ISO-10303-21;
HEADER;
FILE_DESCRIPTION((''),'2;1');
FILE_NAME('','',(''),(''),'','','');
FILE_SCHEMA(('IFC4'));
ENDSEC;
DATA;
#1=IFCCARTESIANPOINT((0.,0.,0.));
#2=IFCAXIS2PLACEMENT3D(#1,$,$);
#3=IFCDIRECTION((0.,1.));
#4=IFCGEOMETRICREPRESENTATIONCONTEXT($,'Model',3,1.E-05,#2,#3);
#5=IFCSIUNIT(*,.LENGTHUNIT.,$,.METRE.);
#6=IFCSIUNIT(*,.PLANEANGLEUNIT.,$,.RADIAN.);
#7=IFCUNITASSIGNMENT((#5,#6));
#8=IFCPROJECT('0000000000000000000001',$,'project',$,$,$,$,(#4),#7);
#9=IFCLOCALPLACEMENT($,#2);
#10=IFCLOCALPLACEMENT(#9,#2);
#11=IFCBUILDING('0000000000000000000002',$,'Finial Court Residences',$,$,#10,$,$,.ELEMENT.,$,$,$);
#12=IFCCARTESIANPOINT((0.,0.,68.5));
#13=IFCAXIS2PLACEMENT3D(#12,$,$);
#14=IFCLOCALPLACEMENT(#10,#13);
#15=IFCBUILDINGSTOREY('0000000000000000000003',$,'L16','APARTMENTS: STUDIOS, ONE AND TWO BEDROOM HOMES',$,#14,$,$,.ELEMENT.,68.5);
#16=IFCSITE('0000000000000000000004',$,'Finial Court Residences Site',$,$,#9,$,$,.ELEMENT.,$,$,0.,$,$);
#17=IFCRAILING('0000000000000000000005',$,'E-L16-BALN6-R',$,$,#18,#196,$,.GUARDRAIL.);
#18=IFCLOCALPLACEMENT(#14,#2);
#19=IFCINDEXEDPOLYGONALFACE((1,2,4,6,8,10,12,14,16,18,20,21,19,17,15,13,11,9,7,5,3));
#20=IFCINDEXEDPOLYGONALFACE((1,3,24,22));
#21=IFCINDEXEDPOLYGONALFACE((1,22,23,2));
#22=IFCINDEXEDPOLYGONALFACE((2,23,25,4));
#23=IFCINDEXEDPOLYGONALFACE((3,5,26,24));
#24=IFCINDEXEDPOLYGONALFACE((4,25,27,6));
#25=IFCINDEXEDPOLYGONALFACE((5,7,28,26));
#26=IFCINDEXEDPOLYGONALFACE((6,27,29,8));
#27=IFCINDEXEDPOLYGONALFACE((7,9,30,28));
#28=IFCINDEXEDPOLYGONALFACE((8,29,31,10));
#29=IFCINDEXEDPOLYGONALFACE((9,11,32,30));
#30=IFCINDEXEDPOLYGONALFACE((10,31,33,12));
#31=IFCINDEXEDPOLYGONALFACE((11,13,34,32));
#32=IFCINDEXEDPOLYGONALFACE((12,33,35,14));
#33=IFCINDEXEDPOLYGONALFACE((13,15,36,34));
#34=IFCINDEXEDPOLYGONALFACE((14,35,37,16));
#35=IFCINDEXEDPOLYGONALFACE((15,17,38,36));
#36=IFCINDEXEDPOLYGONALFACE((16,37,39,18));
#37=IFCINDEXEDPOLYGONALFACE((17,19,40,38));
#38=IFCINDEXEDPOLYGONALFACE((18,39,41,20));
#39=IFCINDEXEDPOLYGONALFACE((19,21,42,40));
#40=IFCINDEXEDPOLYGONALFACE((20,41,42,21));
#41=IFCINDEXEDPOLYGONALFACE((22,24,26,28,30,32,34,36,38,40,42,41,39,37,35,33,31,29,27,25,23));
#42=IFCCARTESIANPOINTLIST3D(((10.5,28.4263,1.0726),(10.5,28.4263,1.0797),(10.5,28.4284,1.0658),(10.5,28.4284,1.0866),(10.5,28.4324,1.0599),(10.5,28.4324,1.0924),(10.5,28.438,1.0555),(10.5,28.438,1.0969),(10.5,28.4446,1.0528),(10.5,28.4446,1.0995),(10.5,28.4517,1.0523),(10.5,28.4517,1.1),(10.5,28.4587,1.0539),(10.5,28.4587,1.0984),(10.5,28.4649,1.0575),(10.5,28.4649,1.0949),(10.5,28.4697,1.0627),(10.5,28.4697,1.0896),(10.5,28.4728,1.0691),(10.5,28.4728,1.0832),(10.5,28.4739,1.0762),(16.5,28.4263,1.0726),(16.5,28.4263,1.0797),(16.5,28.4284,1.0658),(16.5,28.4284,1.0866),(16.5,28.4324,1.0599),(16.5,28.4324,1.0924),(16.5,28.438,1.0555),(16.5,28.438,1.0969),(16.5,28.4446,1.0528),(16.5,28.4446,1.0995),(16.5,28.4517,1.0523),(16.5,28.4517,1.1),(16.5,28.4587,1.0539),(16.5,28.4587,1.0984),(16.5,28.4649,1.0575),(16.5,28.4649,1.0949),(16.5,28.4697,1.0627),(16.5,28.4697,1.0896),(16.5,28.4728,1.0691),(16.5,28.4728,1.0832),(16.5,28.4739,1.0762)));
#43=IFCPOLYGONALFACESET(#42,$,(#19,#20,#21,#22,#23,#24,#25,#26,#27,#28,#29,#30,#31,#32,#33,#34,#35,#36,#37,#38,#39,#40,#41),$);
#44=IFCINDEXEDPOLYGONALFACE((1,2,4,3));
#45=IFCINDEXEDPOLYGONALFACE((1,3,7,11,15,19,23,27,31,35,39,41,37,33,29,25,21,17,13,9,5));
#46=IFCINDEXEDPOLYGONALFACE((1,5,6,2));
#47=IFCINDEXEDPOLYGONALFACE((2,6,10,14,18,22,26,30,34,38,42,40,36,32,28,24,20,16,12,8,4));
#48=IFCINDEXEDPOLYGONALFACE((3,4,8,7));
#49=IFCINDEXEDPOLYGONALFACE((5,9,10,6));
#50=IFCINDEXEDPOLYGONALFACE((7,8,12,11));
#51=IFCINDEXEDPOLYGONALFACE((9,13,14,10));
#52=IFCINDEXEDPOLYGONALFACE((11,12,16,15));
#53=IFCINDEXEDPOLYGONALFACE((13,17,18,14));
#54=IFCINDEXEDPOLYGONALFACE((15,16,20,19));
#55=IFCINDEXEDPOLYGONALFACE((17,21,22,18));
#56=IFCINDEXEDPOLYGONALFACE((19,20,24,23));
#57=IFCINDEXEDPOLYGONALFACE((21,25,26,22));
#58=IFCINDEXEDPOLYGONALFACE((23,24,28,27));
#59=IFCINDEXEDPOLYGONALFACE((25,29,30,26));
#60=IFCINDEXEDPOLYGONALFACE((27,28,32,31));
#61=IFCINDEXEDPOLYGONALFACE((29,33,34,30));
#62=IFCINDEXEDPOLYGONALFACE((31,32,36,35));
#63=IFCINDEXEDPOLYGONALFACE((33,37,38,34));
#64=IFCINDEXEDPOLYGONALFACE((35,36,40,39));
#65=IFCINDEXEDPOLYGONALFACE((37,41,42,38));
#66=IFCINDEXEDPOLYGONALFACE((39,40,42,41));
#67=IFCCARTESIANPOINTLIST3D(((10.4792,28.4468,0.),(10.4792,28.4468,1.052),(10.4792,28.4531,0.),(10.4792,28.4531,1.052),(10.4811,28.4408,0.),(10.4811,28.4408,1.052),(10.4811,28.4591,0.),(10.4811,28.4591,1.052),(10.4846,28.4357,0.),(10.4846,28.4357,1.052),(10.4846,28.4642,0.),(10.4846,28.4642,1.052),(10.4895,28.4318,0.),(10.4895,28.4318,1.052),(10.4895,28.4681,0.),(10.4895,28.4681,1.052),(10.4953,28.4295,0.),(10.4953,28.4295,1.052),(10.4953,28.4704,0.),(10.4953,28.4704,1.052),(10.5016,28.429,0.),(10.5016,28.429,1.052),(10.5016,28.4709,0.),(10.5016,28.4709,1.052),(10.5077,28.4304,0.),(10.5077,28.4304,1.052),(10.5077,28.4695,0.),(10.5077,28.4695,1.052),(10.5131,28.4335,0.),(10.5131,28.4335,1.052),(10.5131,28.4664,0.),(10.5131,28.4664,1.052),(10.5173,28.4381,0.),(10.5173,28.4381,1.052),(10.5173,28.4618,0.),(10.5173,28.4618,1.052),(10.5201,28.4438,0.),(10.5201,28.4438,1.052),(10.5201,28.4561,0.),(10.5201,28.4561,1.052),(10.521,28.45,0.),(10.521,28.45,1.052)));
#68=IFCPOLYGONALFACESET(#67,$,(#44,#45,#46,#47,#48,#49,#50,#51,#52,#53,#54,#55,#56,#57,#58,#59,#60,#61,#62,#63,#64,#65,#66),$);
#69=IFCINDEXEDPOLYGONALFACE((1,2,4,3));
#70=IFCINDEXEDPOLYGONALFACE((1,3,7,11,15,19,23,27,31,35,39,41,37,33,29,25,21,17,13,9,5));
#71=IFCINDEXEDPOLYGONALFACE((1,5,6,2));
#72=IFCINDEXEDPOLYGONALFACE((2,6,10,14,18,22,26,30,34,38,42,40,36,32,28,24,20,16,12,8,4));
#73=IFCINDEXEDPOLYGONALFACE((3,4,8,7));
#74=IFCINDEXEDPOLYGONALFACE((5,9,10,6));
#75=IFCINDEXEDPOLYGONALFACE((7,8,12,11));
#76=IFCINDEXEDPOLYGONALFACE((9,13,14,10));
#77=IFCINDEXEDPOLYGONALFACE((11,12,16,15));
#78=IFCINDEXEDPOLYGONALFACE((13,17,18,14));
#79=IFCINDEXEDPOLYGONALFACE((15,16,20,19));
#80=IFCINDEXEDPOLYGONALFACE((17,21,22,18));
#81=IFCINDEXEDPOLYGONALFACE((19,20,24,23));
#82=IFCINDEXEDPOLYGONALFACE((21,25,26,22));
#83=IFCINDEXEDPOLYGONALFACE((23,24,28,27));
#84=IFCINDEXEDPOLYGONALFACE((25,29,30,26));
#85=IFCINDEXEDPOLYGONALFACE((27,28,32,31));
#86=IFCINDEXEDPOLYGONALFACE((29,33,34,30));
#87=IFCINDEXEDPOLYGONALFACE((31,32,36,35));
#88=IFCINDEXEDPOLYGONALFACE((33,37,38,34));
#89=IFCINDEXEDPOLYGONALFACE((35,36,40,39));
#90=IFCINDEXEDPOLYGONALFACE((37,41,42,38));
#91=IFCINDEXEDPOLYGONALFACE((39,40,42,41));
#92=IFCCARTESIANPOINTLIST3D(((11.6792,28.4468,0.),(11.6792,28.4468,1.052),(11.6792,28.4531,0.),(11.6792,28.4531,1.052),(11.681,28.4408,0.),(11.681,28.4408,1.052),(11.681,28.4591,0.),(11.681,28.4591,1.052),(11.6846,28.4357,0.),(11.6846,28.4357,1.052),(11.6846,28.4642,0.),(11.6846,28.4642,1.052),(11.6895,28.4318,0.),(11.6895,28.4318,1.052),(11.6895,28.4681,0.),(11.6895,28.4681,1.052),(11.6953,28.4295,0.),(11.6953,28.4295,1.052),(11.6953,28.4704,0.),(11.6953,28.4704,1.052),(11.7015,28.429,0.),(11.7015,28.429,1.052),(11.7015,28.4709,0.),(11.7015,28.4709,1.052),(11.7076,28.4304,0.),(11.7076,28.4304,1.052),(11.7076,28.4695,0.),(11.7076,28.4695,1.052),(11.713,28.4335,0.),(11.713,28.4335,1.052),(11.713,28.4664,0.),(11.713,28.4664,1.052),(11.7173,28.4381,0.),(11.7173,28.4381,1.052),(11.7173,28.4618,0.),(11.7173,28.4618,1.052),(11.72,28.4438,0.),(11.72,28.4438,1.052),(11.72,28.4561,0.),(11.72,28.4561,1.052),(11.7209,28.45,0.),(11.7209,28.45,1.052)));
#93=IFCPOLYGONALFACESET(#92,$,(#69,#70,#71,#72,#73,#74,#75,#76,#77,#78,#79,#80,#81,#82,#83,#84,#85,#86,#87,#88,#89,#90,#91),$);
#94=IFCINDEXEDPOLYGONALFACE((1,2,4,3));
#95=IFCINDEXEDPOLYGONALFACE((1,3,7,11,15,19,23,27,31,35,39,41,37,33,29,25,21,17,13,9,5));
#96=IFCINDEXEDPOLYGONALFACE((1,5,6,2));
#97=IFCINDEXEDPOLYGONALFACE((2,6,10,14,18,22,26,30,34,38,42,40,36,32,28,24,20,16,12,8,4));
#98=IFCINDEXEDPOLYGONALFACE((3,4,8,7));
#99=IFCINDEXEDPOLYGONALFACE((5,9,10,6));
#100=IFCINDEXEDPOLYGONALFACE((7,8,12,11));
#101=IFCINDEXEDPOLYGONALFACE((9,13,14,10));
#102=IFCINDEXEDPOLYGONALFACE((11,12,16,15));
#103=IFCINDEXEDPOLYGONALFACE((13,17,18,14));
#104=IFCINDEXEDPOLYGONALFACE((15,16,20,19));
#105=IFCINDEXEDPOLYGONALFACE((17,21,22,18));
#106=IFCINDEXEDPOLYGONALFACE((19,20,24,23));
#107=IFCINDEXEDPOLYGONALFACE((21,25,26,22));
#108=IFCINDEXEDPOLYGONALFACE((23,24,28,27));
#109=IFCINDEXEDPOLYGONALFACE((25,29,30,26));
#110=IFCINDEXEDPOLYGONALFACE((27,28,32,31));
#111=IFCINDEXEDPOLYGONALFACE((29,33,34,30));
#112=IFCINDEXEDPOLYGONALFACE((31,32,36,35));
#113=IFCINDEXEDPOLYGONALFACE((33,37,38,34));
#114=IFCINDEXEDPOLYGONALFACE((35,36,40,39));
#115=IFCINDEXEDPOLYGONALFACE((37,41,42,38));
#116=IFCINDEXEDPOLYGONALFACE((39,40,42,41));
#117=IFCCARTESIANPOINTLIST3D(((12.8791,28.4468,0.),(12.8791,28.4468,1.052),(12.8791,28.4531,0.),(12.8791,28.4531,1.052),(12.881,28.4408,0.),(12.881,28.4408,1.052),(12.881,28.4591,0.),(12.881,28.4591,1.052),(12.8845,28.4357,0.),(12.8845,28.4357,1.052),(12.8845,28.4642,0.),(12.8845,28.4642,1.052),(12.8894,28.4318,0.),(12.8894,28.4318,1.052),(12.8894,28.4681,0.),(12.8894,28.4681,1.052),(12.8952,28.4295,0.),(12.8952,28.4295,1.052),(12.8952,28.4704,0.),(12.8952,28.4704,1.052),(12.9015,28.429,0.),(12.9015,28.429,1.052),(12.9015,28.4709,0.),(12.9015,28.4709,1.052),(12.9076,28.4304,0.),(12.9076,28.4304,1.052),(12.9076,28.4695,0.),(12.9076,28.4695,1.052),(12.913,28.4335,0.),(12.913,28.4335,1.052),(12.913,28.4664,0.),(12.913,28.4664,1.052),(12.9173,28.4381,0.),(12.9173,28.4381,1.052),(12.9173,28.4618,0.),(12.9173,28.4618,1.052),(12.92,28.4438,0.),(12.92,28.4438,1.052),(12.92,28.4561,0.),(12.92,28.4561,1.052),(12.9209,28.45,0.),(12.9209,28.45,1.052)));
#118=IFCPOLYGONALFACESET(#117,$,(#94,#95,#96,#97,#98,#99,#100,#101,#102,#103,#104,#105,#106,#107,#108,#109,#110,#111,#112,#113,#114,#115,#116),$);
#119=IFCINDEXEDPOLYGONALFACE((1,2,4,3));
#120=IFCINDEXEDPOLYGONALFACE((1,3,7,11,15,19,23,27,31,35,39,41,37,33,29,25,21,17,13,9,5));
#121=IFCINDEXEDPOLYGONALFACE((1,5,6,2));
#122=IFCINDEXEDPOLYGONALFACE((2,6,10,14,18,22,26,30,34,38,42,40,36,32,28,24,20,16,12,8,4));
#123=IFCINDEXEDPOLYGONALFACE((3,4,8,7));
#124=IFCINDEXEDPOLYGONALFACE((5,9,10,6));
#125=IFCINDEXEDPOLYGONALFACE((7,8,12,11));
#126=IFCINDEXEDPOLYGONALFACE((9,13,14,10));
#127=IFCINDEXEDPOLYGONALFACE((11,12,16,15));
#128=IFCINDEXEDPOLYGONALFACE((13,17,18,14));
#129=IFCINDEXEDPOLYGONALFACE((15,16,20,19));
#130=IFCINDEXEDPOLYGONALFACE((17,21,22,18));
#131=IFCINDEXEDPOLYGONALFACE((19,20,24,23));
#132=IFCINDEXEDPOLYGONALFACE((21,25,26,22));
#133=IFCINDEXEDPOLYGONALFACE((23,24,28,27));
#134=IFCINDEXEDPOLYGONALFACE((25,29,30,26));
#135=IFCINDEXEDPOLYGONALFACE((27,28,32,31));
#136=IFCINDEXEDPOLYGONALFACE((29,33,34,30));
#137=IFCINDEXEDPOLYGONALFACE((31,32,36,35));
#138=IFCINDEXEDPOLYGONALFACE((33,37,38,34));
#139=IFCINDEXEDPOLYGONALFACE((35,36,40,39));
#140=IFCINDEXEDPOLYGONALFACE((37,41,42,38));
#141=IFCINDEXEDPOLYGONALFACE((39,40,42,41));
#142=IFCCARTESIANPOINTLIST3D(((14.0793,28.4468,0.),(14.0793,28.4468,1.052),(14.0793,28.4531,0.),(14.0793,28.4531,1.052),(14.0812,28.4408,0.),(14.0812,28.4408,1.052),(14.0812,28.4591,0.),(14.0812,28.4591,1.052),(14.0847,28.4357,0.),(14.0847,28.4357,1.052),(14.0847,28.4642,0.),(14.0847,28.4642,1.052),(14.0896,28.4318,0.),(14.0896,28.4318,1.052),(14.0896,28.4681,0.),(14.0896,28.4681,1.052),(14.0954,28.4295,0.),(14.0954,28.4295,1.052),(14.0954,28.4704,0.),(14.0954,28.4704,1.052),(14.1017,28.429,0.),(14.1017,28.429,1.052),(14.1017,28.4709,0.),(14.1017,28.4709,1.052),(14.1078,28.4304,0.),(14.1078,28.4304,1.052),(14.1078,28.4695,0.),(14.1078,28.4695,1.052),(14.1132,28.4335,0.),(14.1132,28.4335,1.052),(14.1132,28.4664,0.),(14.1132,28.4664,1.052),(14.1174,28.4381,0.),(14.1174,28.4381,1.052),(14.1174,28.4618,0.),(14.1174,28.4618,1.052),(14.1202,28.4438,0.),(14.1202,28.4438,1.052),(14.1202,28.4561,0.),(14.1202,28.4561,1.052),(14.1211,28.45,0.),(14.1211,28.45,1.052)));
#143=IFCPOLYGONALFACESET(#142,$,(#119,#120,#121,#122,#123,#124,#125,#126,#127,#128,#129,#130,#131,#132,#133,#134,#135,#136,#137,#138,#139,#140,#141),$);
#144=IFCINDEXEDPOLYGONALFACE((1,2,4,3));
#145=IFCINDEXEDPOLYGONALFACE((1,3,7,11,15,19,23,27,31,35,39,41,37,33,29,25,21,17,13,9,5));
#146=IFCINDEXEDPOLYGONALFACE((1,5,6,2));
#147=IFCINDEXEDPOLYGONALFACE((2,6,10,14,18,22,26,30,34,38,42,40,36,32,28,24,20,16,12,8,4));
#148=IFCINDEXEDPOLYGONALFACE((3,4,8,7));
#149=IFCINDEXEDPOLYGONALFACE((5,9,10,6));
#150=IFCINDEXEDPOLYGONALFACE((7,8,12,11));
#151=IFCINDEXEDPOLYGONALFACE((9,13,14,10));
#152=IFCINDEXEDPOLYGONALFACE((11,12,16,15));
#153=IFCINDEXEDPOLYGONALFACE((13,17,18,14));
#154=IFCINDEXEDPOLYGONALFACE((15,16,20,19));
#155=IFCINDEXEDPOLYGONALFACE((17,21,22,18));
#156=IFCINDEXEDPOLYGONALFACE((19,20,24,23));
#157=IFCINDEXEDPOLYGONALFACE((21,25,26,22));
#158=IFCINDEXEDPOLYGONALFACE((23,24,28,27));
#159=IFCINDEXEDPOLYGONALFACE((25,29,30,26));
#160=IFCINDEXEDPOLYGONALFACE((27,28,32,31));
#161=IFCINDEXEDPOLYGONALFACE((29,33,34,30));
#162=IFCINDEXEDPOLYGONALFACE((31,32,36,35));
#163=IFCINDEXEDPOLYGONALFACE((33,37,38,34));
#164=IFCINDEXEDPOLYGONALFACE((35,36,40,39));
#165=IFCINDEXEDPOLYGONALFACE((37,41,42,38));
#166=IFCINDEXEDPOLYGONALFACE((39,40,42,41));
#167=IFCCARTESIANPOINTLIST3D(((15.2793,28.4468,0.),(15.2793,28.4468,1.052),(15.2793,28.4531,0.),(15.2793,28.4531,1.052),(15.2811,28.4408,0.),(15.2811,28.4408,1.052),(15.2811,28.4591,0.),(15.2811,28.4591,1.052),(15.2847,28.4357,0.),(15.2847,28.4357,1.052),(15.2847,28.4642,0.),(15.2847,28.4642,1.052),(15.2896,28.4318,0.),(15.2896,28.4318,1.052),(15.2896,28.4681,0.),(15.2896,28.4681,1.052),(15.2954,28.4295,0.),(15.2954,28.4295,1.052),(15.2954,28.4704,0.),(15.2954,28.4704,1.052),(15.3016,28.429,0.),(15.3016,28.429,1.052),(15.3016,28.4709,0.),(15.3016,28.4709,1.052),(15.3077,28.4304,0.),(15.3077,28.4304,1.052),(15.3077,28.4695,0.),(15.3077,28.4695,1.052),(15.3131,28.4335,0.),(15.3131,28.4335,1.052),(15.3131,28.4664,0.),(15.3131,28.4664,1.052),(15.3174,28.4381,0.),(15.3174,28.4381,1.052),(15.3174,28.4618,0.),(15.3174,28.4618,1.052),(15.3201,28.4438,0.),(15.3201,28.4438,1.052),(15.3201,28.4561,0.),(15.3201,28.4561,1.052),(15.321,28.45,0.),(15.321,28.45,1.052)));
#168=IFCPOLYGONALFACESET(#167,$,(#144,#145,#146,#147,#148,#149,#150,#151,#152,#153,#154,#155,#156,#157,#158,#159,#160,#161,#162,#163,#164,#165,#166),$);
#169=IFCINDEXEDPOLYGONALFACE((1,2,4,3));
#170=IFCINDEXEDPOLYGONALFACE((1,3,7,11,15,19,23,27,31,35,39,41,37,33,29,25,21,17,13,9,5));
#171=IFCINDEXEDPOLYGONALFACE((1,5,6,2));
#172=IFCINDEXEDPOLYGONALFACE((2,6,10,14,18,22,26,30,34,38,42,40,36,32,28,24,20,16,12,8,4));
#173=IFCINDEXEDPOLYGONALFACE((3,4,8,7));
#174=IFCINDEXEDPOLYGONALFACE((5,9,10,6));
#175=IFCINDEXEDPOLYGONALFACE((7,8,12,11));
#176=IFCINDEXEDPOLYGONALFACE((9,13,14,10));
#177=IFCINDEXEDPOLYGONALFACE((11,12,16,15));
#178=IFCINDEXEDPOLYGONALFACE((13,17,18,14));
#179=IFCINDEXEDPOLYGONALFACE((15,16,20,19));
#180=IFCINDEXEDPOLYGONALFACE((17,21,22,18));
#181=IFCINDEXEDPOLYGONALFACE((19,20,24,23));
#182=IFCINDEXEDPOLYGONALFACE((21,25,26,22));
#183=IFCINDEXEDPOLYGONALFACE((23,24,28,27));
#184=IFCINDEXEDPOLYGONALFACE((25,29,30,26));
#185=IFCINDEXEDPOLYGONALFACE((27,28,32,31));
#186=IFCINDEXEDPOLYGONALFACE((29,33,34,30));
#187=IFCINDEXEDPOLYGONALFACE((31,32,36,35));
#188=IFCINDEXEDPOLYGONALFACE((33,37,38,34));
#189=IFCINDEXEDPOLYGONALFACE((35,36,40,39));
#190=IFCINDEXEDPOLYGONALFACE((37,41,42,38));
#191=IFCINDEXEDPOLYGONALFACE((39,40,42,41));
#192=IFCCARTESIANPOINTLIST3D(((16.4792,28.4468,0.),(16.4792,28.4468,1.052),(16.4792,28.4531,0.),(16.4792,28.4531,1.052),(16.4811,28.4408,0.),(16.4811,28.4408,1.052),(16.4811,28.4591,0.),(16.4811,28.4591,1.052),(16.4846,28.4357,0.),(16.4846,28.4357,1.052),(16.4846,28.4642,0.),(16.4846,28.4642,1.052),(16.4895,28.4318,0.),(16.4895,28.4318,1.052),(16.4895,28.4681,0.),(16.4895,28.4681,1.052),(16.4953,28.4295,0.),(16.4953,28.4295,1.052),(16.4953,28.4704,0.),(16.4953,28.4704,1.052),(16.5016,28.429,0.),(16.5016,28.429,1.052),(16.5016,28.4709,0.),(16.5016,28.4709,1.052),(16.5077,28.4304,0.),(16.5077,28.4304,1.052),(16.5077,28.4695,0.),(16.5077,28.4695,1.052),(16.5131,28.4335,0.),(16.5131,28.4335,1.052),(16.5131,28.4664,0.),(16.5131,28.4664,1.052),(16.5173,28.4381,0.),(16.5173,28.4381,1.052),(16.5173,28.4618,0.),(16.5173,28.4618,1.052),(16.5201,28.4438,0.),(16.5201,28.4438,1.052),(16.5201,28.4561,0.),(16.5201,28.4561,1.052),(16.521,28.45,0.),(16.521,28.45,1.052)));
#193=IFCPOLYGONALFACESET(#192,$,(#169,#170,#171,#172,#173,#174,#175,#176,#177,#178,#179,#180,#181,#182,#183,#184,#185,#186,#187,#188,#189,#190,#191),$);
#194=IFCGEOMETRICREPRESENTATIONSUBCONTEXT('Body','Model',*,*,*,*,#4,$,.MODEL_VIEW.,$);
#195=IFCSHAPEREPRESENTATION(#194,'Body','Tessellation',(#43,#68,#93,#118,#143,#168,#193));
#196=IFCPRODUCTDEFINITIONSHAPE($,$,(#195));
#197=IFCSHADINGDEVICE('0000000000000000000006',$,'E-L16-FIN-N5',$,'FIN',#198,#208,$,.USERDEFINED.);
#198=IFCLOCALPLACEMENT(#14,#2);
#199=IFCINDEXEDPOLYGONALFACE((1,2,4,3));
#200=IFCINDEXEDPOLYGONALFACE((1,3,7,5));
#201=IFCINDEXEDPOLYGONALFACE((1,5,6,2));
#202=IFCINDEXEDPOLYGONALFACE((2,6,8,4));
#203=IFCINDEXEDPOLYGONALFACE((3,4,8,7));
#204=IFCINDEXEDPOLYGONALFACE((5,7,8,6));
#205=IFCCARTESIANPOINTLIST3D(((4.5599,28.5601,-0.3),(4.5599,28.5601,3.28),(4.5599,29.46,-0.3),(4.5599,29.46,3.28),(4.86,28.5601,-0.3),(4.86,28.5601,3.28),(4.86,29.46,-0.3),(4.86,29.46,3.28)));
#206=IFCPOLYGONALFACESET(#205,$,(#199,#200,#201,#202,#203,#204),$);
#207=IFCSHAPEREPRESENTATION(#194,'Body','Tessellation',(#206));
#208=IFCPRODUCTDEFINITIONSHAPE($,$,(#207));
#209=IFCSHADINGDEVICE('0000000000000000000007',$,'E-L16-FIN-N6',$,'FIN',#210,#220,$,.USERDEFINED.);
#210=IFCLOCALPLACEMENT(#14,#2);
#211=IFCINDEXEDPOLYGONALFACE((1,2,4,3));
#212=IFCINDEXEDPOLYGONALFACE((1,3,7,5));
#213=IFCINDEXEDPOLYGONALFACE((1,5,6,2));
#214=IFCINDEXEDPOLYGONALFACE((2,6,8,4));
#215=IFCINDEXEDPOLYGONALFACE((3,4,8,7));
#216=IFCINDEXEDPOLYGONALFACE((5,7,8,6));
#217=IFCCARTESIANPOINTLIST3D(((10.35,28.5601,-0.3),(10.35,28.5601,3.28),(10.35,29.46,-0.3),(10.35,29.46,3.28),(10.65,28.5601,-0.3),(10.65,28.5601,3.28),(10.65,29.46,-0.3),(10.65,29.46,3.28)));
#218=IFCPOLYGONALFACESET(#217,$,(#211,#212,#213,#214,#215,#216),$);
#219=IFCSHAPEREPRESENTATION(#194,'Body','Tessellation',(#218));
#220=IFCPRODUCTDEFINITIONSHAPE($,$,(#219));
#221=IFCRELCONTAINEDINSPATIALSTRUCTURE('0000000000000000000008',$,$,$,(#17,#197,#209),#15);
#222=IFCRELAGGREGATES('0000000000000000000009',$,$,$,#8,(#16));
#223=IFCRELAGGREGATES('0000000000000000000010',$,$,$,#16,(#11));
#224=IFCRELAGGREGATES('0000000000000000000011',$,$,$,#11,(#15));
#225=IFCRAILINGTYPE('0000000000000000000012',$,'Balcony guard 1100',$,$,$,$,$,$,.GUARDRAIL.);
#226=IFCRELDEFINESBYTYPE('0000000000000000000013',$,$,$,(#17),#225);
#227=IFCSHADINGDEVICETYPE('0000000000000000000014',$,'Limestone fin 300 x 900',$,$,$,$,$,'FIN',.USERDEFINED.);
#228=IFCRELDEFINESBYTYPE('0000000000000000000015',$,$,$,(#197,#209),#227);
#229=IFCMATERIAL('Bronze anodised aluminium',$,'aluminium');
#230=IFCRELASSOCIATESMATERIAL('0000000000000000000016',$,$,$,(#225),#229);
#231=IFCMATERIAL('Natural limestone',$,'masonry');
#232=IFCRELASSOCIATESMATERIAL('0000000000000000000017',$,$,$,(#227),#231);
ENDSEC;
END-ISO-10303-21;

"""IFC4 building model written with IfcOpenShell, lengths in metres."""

from ifc_helpers import new_model, si_unit, direction, frame, origin, origin_2d, place, context, subcontext, project, spatial, rectangle, circle, extrude, material, type_object, element, save


model = new_model("IFC4")

# Units and contexts
model_context = context("Model", 3, precision=1e-05, world=origin(), true_north=direction((0.0, 1.0)))
body_context = subcontext(model_context, "Body", "Model", "MODEL_VIEW")
ifc_project = project(units=[si_unit("LENGTHUNIT", "METRE"), si_unit("PLANEANGLEUNIT", "RADIAN")], contexts=[model_context])

# Site, building, storey
site_placement = place(None, origin())
site = spatial("IfcSite", under=ifc_project, at=site_placement, Name="Finial Court Residences Site", CompositionType="ELEMENT", RefElevation=0.0)
building_placement = place(site_placement, origin())
building = spatial("IfcBuilding", under=site, at=building_placement, Name="Finial Court Residences", CompositionType="ELEMENT")
storey_placement = place(building_placement, frame((0.0, 0.0, 68.5)))
storey = spatial("IfcBuildingStorey", under=building, at=storey_placement, Name="L16", Description="APARTMENTS: STUDIOS, ONE AND TWO BEDROOM HOMES", CompositionType="ELEMENT", Elevation=68.5)

# Shared definitions
ifc_material_1 = material(Name="Bronze anodised aluminium", Category="aluminium")

# Shared definitions
ifc_material_2 = material(Name="Natural limestone", Category="masonry")

# Railing
railing_type = type_object("IfcRailingType", Name="Balcony guard 1100", PredefinedType="GUARDRAIL", material=ifc_material_1)
railing_placement = place(storey_placement, frame((10.5, 28.45, 0.0)))
element("IfcRailing", 1, at=railing_placement, inside=storey, type_object=railing_type, Name="E-L16-BALN6-R", PredefinedType="GUARDRAIL", context=body_context, shape_type="SweptSolid", body=[
    extrude(circle(Radius=0.0239, at=origin_2d()), frame((0.0, 0.0, 1.0762), z_axis=(1.0, 0.0, 0.0), x_axis=(0.0, 1.0, 0.0)), (0.0, 0.0, 1.0), 6.0),
    extrude(circle(Radius=0.021, at=origin_2d()), origin(), (0.0, 0.0, 1.0), 1.052),
    extrude(circle(Radius=0.021, at=origin_2d()), frame((1.2, 0.0, 0.0)), (0.0, 0.0, 1.0), 1.052),
    extrude(circle(Radius=0.021, at=origin_2d()), frame((2.3999, 0.0, 0.0)), (0.0, 0.0, 1.0), 1.052),
    extrude(circle(Radius=0.021, at=origin_2d()), frame((3.6001, 0.0, 0.0)), (0.0, 0.0, 1.0), 1.052),
    extrude(circle(Radius=0.021, at=origin_2d()), frame((4.8, 0.0, 0.0)), (0.0, 0.0, 1.0), 1.052),
    extrude(circle(Radius=0.021, at=origin_2d()), frame((6.0, 0.0, 0.0)), (0.0, 0.0, 1.0), 1.052),
])

# Shading devices
shading_device_type = type_object("IfcShadingDeviceType", Name="Limestone fin 300 x 900", ElementType="FIN", PredefinedType="USERDEFINED", material=ifc_material_2)
for number, where, z_axis, x_axis, name in (
    (2, (4.71, 29.01, -0.3), (0.0, 0.0, 1.0), (1.0, 0.0, 0.0), "E-L16-FIN-N5"),
    (3, (10.5, 29.01, -0.3), (0.0, 0.0, 1.0), (1.0, 0.0, 0.0), "E-L16-FIN-N6"),
):
    element("IfcShadingDevice", number, at=place(storey_placement, frame(where, z_axis=z_axis, x_axis=x_axis)), inside=storey, type_object=shading_device_type, Name=name, ObjectType="FIN", PredefinedType="USERDEFINED", context=body_context, shape_type="SweptSolid", body=[
        extrude(rectangle(XDim=0.3, YDim=0.8999, at=origin_2d()), origin(), (0.0, 0.0, 1.0), 3.5801),
    ])

save(model, "model.ifc")
